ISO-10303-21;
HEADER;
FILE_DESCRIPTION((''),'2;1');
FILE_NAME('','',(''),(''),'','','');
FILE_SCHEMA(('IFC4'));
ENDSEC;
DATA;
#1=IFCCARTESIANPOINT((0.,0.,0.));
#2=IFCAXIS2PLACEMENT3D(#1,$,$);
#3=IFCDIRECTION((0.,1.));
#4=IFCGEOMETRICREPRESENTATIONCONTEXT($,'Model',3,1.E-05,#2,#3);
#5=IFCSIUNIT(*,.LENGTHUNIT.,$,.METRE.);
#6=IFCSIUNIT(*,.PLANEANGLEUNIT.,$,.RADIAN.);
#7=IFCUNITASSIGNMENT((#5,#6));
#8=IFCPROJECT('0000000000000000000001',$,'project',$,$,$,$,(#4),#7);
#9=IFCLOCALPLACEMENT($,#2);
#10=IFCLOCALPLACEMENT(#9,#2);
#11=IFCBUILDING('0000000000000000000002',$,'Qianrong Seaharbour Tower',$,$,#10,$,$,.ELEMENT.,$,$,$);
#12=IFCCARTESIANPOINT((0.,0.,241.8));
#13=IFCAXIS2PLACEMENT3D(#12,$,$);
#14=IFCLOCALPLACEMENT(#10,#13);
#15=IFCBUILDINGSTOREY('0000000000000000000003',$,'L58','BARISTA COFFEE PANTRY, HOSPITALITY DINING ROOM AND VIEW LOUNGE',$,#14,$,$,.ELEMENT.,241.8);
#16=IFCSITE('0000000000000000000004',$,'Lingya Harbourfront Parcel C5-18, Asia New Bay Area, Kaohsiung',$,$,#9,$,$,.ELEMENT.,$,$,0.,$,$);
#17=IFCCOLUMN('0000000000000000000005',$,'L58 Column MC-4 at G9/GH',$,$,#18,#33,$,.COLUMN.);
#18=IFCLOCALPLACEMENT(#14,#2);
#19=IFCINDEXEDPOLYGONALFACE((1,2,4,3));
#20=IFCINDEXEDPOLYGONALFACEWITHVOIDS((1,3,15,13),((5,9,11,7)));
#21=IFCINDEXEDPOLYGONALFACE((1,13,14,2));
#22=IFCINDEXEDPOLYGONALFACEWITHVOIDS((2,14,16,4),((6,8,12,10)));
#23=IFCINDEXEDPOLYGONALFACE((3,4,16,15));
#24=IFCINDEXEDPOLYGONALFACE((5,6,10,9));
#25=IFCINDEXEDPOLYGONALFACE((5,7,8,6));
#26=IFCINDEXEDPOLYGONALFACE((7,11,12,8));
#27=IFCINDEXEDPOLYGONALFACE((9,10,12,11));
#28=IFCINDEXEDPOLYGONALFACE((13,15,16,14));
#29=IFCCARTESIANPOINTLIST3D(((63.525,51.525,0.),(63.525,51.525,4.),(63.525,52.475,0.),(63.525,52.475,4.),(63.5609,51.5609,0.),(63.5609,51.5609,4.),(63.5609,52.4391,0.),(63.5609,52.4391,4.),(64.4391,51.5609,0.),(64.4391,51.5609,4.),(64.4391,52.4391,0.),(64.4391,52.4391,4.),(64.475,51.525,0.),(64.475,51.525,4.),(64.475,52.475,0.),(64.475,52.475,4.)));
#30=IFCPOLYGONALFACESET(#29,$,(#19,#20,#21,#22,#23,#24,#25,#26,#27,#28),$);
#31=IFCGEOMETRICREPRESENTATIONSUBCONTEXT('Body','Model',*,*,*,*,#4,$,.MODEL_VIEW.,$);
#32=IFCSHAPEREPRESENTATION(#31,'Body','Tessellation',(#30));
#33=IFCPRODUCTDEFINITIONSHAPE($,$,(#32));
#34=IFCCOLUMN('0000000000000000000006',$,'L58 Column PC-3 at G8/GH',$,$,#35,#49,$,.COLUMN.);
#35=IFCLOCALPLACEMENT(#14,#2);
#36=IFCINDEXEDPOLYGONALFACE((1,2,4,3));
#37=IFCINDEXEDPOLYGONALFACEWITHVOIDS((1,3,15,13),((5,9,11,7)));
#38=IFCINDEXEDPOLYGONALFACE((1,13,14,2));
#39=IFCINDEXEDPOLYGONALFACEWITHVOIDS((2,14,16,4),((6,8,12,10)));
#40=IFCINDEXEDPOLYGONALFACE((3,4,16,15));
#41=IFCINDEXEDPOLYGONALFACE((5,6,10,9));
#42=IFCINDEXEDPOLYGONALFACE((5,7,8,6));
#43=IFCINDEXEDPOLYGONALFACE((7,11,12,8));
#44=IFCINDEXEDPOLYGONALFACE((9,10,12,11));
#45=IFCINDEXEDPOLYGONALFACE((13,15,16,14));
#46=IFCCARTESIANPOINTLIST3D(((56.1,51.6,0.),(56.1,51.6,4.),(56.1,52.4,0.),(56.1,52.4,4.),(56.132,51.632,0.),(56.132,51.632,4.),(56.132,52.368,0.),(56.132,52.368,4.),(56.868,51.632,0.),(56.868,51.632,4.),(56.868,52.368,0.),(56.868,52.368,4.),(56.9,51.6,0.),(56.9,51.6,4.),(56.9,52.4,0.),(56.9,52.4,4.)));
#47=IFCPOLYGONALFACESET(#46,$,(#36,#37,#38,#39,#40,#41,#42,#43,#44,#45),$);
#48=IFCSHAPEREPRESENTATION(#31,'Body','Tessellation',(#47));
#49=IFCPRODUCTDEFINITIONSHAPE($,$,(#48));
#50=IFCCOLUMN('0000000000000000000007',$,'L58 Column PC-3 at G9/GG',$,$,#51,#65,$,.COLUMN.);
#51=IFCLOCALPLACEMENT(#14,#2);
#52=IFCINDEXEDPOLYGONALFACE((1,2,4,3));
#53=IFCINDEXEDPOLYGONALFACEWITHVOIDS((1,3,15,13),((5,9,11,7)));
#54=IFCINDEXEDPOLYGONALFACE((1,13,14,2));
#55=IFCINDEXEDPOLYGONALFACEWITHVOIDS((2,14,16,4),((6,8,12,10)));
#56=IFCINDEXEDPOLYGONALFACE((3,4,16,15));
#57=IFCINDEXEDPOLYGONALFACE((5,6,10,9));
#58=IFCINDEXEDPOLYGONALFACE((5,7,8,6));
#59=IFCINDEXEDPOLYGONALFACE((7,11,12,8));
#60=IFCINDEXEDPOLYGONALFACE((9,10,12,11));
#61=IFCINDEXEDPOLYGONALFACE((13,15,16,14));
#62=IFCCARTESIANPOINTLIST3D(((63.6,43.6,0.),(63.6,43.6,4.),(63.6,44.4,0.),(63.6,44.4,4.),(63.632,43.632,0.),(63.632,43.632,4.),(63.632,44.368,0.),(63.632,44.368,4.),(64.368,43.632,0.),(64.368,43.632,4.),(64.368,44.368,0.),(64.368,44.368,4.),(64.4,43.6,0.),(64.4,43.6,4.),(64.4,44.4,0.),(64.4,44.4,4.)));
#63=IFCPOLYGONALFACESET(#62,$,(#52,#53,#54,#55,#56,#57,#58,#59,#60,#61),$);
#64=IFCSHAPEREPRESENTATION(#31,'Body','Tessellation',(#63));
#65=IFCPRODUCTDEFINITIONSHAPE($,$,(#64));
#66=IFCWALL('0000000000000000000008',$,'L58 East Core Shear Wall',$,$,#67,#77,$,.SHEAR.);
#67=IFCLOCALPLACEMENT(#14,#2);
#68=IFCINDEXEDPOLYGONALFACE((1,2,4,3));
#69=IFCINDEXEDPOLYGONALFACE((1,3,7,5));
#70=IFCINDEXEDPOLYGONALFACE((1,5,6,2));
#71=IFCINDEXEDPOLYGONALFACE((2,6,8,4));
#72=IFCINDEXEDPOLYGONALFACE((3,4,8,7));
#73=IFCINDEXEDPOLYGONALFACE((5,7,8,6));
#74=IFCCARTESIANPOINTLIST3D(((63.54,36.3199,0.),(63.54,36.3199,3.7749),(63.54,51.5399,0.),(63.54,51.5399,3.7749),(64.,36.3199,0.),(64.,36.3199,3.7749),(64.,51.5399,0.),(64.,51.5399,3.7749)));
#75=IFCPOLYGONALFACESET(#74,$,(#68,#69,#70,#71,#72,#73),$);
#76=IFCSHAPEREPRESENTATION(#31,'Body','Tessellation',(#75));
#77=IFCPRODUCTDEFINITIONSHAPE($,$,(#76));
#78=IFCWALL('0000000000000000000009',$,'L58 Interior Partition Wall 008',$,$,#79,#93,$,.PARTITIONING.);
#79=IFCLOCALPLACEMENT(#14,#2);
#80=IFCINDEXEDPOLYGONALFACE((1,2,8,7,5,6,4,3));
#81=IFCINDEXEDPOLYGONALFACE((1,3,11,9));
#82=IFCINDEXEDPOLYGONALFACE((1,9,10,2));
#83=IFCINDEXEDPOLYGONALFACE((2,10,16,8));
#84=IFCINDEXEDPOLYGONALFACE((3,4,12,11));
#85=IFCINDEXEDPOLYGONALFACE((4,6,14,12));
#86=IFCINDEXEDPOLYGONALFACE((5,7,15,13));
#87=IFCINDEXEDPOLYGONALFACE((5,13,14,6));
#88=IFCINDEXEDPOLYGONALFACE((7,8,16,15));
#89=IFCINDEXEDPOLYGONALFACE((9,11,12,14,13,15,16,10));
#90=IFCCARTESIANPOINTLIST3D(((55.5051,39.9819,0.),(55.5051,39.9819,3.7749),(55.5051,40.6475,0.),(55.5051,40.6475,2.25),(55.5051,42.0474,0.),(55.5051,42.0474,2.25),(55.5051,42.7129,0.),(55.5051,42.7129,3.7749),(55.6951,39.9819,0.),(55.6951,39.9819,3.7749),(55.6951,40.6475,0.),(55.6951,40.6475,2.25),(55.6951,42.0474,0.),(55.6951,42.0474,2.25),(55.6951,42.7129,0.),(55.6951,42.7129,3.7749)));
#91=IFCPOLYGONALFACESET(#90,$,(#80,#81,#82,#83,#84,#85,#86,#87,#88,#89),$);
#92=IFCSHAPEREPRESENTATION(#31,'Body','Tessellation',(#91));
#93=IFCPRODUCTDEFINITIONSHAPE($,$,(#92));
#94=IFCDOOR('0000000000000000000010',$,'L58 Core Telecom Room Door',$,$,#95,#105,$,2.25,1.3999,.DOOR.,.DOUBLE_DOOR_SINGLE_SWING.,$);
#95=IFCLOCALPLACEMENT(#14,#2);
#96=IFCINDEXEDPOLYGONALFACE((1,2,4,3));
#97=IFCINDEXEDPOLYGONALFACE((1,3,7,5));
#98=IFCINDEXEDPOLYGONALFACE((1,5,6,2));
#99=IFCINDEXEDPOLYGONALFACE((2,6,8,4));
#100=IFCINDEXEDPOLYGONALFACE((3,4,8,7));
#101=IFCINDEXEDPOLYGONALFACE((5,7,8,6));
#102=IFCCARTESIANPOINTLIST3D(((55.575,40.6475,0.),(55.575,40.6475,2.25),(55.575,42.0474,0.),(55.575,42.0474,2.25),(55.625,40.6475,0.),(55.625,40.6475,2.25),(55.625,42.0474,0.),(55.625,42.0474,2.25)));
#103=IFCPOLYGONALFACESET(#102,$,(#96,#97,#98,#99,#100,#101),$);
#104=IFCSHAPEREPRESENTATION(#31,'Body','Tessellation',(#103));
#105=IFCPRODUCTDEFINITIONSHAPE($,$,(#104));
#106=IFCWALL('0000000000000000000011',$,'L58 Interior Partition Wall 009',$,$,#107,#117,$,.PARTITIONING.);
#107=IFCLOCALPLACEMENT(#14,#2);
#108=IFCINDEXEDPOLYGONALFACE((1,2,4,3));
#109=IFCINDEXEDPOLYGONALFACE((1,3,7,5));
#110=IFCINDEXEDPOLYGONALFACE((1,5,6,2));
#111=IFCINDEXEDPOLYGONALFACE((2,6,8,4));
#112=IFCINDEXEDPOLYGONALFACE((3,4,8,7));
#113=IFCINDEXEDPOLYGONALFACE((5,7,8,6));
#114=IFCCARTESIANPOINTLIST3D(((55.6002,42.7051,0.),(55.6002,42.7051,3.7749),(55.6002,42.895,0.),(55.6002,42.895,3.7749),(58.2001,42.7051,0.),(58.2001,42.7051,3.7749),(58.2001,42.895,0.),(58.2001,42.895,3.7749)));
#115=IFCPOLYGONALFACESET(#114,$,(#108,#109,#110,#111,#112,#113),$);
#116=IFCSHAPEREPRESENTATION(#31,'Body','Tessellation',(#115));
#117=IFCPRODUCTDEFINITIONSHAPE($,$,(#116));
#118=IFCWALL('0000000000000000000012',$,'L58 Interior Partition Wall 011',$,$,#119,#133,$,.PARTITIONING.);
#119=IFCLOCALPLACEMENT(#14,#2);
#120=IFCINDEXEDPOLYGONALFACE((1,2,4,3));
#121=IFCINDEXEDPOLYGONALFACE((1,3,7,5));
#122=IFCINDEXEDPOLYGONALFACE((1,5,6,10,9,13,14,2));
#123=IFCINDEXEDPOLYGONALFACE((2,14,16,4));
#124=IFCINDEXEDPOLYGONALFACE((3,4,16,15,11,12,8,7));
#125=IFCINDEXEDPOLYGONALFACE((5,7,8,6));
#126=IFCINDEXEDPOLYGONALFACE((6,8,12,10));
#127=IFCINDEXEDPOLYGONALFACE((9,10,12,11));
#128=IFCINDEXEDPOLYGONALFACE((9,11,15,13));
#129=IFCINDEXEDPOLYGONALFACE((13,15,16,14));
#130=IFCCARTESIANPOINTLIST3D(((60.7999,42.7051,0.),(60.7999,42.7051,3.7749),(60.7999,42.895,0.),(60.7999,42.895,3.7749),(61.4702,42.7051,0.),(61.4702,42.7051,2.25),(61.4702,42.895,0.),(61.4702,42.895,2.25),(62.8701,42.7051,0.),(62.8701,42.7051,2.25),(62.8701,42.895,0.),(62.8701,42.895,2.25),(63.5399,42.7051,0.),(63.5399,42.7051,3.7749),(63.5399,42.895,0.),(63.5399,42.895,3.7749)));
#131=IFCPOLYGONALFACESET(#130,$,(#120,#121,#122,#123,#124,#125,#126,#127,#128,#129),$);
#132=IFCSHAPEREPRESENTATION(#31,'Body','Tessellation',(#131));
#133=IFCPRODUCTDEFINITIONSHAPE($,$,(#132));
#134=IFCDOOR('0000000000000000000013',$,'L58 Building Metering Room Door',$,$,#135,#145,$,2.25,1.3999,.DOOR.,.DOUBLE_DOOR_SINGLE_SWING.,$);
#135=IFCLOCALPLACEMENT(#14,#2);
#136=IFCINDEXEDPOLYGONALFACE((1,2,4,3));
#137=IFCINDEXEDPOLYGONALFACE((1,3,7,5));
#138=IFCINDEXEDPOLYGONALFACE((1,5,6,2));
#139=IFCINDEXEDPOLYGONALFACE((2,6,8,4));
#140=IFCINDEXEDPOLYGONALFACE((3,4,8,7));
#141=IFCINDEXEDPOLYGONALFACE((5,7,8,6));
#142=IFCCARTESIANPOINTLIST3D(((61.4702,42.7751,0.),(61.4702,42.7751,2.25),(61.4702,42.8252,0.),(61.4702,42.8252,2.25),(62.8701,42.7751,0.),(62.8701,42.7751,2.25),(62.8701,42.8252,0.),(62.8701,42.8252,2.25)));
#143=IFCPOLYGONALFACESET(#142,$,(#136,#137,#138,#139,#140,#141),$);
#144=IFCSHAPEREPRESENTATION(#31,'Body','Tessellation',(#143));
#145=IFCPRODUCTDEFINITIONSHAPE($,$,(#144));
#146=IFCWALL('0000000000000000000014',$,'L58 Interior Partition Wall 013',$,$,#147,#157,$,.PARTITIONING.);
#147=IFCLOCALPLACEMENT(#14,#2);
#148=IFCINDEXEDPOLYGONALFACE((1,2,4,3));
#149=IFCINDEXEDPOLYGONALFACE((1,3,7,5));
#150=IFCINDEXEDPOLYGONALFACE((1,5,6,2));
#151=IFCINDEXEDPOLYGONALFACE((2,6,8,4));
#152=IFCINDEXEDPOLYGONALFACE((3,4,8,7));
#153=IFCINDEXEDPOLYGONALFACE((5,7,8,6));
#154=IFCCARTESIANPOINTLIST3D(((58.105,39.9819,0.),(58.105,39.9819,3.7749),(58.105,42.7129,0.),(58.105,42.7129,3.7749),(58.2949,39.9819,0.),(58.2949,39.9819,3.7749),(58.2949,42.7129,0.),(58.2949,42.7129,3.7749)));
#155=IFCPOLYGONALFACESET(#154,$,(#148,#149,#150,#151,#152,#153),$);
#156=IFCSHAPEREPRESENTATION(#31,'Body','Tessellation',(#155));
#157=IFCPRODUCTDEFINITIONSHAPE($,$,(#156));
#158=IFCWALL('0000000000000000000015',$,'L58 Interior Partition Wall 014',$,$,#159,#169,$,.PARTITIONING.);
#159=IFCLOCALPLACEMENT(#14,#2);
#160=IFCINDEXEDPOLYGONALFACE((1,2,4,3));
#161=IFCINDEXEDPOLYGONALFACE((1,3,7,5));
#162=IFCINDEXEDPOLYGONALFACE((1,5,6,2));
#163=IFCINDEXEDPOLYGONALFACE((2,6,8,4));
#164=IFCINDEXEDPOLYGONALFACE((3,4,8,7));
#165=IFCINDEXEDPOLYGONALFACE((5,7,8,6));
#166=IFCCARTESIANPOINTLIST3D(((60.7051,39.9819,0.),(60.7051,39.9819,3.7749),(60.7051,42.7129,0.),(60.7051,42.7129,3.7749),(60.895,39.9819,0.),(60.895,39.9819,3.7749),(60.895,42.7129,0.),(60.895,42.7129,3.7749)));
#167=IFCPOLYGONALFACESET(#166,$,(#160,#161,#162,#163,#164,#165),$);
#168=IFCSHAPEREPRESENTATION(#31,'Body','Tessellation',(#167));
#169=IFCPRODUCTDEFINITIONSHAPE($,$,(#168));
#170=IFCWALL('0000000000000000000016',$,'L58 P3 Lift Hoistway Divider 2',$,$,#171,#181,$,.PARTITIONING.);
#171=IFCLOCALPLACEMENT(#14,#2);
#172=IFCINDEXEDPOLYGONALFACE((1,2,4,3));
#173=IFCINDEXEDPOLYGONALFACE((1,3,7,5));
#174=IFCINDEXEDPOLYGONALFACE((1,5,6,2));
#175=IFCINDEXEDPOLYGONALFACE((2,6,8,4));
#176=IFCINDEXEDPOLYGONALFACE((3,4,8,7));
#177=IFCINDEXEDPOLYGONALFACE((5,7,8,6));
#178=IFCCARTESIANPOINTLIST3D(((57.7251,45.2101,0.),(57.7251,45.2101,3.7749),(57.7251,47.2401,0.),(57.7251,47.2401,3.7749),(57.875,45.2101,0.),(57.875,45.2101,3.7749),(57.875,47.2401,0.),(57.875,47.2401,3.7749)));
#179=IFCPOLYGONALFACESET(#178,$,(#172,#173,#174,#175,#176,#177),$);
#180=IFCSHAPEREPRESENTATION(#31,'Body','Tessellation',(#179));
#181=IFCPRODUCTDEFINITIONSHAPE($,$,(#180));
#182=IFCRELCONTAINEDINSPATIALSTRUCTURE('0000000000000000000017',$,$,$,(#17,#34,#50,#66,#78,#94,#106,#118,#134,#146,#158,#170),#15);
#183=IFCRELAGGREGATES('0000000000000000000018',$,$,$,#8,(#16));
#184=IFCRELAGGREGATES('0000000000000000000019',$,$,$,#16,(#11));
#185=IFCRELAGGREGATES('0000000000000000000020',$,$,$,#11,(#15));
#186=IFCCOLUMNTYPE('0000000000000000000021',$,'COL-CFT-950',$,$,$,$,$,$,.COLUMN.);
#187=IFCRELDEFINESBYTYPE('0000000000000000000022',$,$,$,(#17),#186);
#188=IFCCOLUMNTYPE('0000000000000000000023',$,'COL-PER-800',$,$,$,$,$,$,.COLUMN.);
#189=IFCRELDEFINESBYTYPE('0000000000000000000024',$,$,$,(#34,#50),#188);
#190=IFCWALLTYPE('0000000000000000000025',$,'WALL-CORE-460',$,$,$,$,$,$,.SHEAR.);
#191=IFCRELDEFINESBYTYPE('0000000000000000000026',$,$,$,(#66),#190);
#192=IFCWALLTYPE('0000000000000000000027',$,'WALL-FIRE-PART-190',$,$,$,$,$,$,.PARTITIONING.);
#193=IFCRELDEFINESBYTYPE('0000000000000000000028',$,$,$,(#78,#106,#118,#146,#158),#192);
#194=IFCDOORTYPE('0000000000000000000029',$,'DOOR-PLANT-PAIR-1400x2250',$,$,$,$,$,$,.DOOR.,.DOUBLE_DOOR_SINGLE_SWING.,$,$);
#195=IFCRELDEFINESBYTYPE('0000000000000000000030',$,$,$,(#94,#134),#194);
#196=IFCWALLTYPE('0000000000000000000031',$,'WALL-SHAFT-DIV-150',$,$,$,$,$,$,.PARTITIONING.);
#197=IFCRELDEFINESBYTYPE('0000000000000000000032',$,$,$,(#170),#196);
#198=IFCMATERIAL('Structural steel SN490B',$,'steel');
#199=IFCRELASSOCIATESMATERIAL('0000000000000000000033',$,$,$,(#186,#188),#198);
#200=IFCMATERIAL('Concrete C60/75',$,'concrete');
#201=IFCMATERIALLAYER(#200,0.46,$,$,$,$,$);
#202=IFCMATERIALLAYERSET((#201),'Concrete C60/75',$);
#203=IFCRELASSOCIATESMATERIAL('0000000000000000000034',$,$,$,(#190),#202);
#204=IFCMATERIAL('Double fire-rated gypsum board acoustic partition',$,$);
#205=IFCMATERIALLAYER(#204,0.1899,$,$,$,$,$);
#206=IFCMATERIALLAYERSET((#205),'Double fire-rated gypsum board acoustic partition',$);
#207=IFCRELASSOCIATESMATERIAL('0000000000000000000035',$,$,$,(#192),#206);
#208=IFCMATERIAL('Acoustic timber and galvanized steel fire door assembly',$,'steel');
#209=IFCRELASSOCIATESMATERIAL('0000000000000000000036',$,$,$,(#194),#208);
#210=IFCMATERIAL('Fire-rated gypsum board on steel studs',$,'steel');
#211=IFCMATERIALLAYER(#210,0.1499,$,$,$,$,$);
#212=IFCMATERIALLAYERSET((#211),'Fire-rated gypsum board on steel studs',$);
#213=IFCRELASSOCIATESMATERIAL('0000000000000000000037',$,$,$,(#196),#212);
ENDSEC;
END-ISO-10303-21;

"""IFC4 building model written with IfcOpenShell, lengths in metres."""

from ifc_helpers import new_model, si_unit, direction, frame, frame_2d, origin, origin_2d, place, context, subcontext, project, spatial, rectangle, hollow_rectangle, extrude, material, layer, layer_set, material_profile, profile_set, type_object, element, fill, save


model = new_model("IFC4")

# Units and contexts
model_context = context("Model", 3, precision=1e-05, world=origin(), true_north=direction((0.0, 1.0)))
body_context = subcontext(model_context, "Body", "Model", "MODEL_VIEW")
ifc_project = project(units=[si_unit("LENGTHUNIT", "METRE"), si_unit("PLANEANGLEUNIT", "RADIAN")], contexts=[model_context])

# Site, building, storey
site_placement = place(None, origin())
site = spatial("IfcSite", under=ifc_project, at=site_placement, Name="Lingya Harbourfront Parcel C5-18, Asia New Bay Area, Kaohsiung", CompositionType="ELEMENT", RefElevation=0.0)
building_placement = place(site_placement, origin())
building = spatial("IfcBuilding", under=site, at=building_placement, Name="Qianrong Seaharbour Tower", CompositionType="ELEMENT")
storey_placement = place(building_placement, frame((0.0, 0.0, 241.8)))
storey = spatial("IfcBuildingStorey", under=building, at=storey_placement, Name="L58", Description="BARISTA COFFEE PANTRY, HOSPITALITY DINING ROOM AND VIEW LOUNGE", CompositionType="ELEMENT", Elevation=241.8)

# Columns
ifc_material_1 = material(Name="Structural steel SN490B", Category="steel")
ifc_material_profile_1 = material_profile(ifc_material_1, hollow_rectangle(XDim=0.95, YDim=0.95, WallThickness=0.0359, at=origin_2d()), Name="BOX950x950x36")
ifc_profile_set_1 = profile_set([ifc_material_profile_1], Name="Structural steel SN490B")
column_type_1 = type_object("IfcColumnType", Name="COL-CFT-950", PredefinedType="COLUMN", material=ifc_profile_set_1)
column_placement = place(storey_placement, frame((64.0, 52.0, 0.0), z_axis=(0.0, 0.0, 1.0), x_axis=(1.0, 0.0, 0.0)))
element("IfcColumn", 1, at=column_placement, inside=storey, type_object=column_type_1, Name="L58 Column MC-4 at G9/GH", PredefinedType="COLUMN", context=body_context, shape_type="SweptSolid", body=[
    extrude(hollow_rectangle(XDim=0.95, YDim=0.95, WallThickness=0.0359, at=origin_2d()), origin(), (0.0, 0.0, 1.0), 4.0),
])
ifc_material_profile_2 = material_profile(ifc_material_1, hollow_rectangle(XDim=0.8, YDim=0.8, WallThickness=0.032, at=origin_2d()), Name="BOX800x800x32")
ifc_profile_set_2 = profile_set([ifc_material_profile_2], Name="Structural steel SN490B")
column_type_2 = type_object("IfcColumnType", Name="COL-PER-800", PredefinedType="COLUMN", material=ifc_profile_set_2)
for number, where, z_axis, x_axis, name in (
    (2, (56.5, 52.0, 0.0), (0.0, 0.0, 1.0), (1.0, 0.0, 0.0), "L58 Column PC-3 at G8/GH"),
    (3, (64.0, 44.0, 0.0), (0.0, 0.0, 1.0), (1.0, 0.0, 0.0), "L58 Column PC-3 at G9/GG"),
):
    element("IfcColumn", number, at=place(storey_placement, frame(where, z_axis=z_axis, x_axis=x_axis)), inside=storey, type_object=column_type_2, Name=name, PredefinedType="COLUMN", context=body_context, shape_type="SweptSolid", body=[
        extrude(hollow_rectangle(XDim=0.8, YDim=0.8, WallThickness=0.032, at=origin_2d()), origin(), (0.0, 0.0, 1.0), 4.0),
    ])

# Wall
ifc_material_2 = material(Name="Concrete C60/75", Category="concrete")
ifc_layer_1 = layer(ifc_material_2, 0.46)
ifc_layer_set_1 = layer_set([ifc_layer_1], Name="Concrete C60/75")
wall_type_1 = type_object("IfcWallType", Name="WALL-CORE-460", PredefinedType="SHEAR", material=ifc_layer_set_1)
wall_1_placement = place(storey_placement, frame((63.77, 36.3201, 0.0), z_axis=(0.0, 0.0, 1.0), x_axis=(0.0, 1.0, 0.0)))
element("IfcWall", 4, at=wall_1_placement, inside=storey, type_object=wall_type_1, Name="L58 East Core Shear Wall", PredefinedType="SHEAR", context=body_context, shape_type="SweptSolid", body=[
    extrude(rectangle(XDim=15.22, YDim=0.46, at=frame_2d((7.6099, 0.0))), origin(), (0.0, 0.0, 1.0), 3.7749),
])

# Wall, opening, door
ifc_material_3 = material(Name="Acoustic timber and galvanized steel fire door assembly", Category="steel")
ifc_material_4 = material(Name="Double fire-rated gypsum board acoustic partition")
ifc_layer_2 = layer(ifc_material_4, 0.1899)
ifc_layer_set_2 = layer_set([ifc_layer_2], Name="Double fire-rated gypsum board acoustic partition")
wall_type_2 = type_object("IfcWallType", Name="WALL-FIRE-PART-190", PredefinedType="PARTITIONING", material=ifc_layer_set_2)
wall_2_placement = place(storey_placement, frame((55.6001, 42.7129, 0.0), z_axis=(0.0, 0.0, 1.0), x_axis=(0.0, -1.0, 0.0)))
wall_2 = element("IfcWall", 5, at=wall_2_placement, inside=storey, type_object=wall_type_2, Name="L58 Interior Partition Wall 008", PredefinedType="PARTITIONING", context=body_context, shape_type="SweptSolid", body=[
    extrude(rectangle(XDim=2.731, YDim=0.1899, at=frame_2d((1.3655, 0.0))), origin(), (0.0, 0.0, 1.0), 3.7749),
])
opening_1_placement = place(wall_2_placement, frame((0.6655, 0.0, 0.0)))
opening_1 = element("IfcOpeningElement", 6, at=opening_1_placement, cuts=wall_2, PredefinedType="OPENING", context=body_context, shape_type="SweptSolid", body=[
    extrude(rectangle(XDim=1.3999, YDim=2.25, at=frame_2d((0.7, 1.125))), frame((0.0, 0.105, 0.0), z_axis=(0.0, -1.0, 0.0), x_axis=(1.0, 0.0, 0.0)), (0.0, 0.0, 1.0), 0.21),
])
door_type_1 = type_object("IfcDoorType", Name="DOOR-PLANT-PAIR-1400x2250", OperationType="DOUBLE_DOOR_SINGLE_SWING", PredefinedType="DOOR", material=ifc_material_3)
door_1_placement = place(opening_1_placement, origin())
door_1 = element("IfcDoor", 7, at=door_1_placement, inside=storey, type_object=door_type_1, Name="L58 Core Telecom Room Door", OperationType="DOUBLE_DOOR_SINGLE_SWING", OverallHeight=2.25, OverallWidth=1.3999, PredefinedType="DOOR", context=body_context, shape_type="SweptSolid", body=[
    extrude(rectangle(XDim=1.3999, YDim=2.25, at=frame_2d((0.7, 1.125))), frame((0.0, 0.0249, 0.0), z_axis=(0.0, -1.0, 0.0), x_axis=(1.0, 0.0, 0.0)), (0.0, 0.0, 1.0), 0.05),
])
fill(opening_1, door_1)

# Wall
wall_3_placement = place(storey_placement, frame((58.2, 42.8, 0.0), z_axis=(0.0, 0.0, 1.0), x_axis=(-1.0, 0.0, 0.0)))
element("IfcWall", 8, at=wall_3_placement, inside=storey, type_object=wall_type_2, Name="L58 Interior Partition Wall 009", PredefinedType="PARTITIONING", context=body_context, shape_type="SweptSolid", body=[
    extrude(rectangle(XDim=2.5999, YDim=0.1899, at=frame_2d((1.2998, 0.0))), origin(), (0.0, 0.0, 1.0), 3.7749),
])

# Wall, opening, door
wall_4_placement = place(storey_placement, frame((63.54, 42.8, 0.0), z_axis=(0.0, 0.0, 1.0), x_axis=(-1.0, 0.0, 0.0)))
wall_4 = element("IfcWall", 9, at=wall_4_placement, inside=storey, type_object=wall_type_2, Name="L58 Interior Partition Wall 011", PredefinedType="PARTITIONING", context=body_context, shape_type="SweptSolid", body=[
    extrude(rectangle(XDim=2.74, YDim=0.1899, at=frame_2d((1.3701, 0.0))), origin(), (0.0, 0.0, 1.0), 3.7749),
])
opening_2_placement = place(wall_4_placement, frame((0.6699, 0.0, 0.0)))
opening_2 = element("IfcOpeningElement", 10, at=opening_2_placement, cuts=wall_4, PredefinedType="OPENING", context=body_context, shape_type="SweptSolid", body=[
    extrude(rectangle(XDim=1.3999, YDim=2.25, at=frame_2d((0.7, 1.125))), frame((0.0, 0.105, 0.0), z_axis=(0.0, -1.0, 0.0), x_axis=(1.0, 0.0, 0.0)), (0.0, 0.0, 1.0), 0.21),
])
door_2_placement = place(opening_2_placement, origin())
door_2 = element("IfcDoor", 11, at=door_2_placement, inside=storey, type_object=door_type_1, Name="L58 Building Metering Room Door", OperationType="DOUBLE_DOOR_SINGLE_SWING", OverallHeight=2.25, OverallWidth=1.3999, PredefinedType="DOOR", context=body_context, shape_type="SweptSolid", body=[
    extrude(rectangle(XDim=1.3999, YDim=2.25, at=frame_2d((0.7, 1.125))), frame((0.0, 0.0249, 0.0), z_axis=(0.0, -1.0, 0.0), x_axis=(1.0, 0.0, 0.0)), (0.0, 0.0, 1.0), 0.05),
])
fill(opening_2, door_2)

# Walls
for number, where, z_axis, x_axis, name in (
    (12, (58.2, 42.7129, 0.0), (0.0, 0.0, 1.0), (0.0, -1.0, 0.0), "L58 Interior Partition Wall 013"),
    (13, (60.8, 42.7129, 0.0), (0.0, 0.0, 1.0), (0.0, -1.0, 0.0), "L58 Interior Partition Wall 014"),
):
    element("IfcWall", number, at=place(storey_placement, frame(where, z_axis=z_axis, x_axis=x_axis)), inside=storey, type_object=wall_type_2, Name=name, PredefinedType="PARTITIONING", context=body_context, shape_type="SweptSolid", body=[
        extrude(rectangle(XDim=2.731, YDim=0.1899, at=frame_2d((1.3655, 0.0))), origin(), (0.0, 0.0, 1.0), 3.7749),
    ])
ifc_material_5 = material(Name="Fire-rated gypsum board on steel studs", Category="steel")
ifc_layer_3 = layer(ifc_material_5, 0.1499)
ifc_layer_set_3 = layer_set([ifc_layer_3], Name="Fire-rated gypsum board on steel studs")
wall_type_3 = type_object("IfcWallType", Name="WALL-SHAFT-DIV-150", PredefinedType="PARTITIONING", material=ifc_layer_set_3)
for number, where, z_axis, x_axis, name in (
    (14, (57.8, 45.21, 0.0), (0.0, 0.0, 1.0), (0.0, 1.0, 0.0), "L58 P3 Lift Hoistway Divider 2"),
):
    element("IfcWall", number, at=place(storey_placement, frame(where, z_axis=z_axis, x_axis=x_axis)), inside=storey, type_object=wall_type_3, Name=name, PredefinedType="PARTITIONING", context=body_context, shape_type="SweptSolid", body=[
        extrude(rectangle(XDim=2.03, YDim=0.1499, at=frame_2d((1.0151, 0.0))), origin(), (0.0, 0.0, 1.0), 3.7749),
    ])

save(model, "model.ifc")
